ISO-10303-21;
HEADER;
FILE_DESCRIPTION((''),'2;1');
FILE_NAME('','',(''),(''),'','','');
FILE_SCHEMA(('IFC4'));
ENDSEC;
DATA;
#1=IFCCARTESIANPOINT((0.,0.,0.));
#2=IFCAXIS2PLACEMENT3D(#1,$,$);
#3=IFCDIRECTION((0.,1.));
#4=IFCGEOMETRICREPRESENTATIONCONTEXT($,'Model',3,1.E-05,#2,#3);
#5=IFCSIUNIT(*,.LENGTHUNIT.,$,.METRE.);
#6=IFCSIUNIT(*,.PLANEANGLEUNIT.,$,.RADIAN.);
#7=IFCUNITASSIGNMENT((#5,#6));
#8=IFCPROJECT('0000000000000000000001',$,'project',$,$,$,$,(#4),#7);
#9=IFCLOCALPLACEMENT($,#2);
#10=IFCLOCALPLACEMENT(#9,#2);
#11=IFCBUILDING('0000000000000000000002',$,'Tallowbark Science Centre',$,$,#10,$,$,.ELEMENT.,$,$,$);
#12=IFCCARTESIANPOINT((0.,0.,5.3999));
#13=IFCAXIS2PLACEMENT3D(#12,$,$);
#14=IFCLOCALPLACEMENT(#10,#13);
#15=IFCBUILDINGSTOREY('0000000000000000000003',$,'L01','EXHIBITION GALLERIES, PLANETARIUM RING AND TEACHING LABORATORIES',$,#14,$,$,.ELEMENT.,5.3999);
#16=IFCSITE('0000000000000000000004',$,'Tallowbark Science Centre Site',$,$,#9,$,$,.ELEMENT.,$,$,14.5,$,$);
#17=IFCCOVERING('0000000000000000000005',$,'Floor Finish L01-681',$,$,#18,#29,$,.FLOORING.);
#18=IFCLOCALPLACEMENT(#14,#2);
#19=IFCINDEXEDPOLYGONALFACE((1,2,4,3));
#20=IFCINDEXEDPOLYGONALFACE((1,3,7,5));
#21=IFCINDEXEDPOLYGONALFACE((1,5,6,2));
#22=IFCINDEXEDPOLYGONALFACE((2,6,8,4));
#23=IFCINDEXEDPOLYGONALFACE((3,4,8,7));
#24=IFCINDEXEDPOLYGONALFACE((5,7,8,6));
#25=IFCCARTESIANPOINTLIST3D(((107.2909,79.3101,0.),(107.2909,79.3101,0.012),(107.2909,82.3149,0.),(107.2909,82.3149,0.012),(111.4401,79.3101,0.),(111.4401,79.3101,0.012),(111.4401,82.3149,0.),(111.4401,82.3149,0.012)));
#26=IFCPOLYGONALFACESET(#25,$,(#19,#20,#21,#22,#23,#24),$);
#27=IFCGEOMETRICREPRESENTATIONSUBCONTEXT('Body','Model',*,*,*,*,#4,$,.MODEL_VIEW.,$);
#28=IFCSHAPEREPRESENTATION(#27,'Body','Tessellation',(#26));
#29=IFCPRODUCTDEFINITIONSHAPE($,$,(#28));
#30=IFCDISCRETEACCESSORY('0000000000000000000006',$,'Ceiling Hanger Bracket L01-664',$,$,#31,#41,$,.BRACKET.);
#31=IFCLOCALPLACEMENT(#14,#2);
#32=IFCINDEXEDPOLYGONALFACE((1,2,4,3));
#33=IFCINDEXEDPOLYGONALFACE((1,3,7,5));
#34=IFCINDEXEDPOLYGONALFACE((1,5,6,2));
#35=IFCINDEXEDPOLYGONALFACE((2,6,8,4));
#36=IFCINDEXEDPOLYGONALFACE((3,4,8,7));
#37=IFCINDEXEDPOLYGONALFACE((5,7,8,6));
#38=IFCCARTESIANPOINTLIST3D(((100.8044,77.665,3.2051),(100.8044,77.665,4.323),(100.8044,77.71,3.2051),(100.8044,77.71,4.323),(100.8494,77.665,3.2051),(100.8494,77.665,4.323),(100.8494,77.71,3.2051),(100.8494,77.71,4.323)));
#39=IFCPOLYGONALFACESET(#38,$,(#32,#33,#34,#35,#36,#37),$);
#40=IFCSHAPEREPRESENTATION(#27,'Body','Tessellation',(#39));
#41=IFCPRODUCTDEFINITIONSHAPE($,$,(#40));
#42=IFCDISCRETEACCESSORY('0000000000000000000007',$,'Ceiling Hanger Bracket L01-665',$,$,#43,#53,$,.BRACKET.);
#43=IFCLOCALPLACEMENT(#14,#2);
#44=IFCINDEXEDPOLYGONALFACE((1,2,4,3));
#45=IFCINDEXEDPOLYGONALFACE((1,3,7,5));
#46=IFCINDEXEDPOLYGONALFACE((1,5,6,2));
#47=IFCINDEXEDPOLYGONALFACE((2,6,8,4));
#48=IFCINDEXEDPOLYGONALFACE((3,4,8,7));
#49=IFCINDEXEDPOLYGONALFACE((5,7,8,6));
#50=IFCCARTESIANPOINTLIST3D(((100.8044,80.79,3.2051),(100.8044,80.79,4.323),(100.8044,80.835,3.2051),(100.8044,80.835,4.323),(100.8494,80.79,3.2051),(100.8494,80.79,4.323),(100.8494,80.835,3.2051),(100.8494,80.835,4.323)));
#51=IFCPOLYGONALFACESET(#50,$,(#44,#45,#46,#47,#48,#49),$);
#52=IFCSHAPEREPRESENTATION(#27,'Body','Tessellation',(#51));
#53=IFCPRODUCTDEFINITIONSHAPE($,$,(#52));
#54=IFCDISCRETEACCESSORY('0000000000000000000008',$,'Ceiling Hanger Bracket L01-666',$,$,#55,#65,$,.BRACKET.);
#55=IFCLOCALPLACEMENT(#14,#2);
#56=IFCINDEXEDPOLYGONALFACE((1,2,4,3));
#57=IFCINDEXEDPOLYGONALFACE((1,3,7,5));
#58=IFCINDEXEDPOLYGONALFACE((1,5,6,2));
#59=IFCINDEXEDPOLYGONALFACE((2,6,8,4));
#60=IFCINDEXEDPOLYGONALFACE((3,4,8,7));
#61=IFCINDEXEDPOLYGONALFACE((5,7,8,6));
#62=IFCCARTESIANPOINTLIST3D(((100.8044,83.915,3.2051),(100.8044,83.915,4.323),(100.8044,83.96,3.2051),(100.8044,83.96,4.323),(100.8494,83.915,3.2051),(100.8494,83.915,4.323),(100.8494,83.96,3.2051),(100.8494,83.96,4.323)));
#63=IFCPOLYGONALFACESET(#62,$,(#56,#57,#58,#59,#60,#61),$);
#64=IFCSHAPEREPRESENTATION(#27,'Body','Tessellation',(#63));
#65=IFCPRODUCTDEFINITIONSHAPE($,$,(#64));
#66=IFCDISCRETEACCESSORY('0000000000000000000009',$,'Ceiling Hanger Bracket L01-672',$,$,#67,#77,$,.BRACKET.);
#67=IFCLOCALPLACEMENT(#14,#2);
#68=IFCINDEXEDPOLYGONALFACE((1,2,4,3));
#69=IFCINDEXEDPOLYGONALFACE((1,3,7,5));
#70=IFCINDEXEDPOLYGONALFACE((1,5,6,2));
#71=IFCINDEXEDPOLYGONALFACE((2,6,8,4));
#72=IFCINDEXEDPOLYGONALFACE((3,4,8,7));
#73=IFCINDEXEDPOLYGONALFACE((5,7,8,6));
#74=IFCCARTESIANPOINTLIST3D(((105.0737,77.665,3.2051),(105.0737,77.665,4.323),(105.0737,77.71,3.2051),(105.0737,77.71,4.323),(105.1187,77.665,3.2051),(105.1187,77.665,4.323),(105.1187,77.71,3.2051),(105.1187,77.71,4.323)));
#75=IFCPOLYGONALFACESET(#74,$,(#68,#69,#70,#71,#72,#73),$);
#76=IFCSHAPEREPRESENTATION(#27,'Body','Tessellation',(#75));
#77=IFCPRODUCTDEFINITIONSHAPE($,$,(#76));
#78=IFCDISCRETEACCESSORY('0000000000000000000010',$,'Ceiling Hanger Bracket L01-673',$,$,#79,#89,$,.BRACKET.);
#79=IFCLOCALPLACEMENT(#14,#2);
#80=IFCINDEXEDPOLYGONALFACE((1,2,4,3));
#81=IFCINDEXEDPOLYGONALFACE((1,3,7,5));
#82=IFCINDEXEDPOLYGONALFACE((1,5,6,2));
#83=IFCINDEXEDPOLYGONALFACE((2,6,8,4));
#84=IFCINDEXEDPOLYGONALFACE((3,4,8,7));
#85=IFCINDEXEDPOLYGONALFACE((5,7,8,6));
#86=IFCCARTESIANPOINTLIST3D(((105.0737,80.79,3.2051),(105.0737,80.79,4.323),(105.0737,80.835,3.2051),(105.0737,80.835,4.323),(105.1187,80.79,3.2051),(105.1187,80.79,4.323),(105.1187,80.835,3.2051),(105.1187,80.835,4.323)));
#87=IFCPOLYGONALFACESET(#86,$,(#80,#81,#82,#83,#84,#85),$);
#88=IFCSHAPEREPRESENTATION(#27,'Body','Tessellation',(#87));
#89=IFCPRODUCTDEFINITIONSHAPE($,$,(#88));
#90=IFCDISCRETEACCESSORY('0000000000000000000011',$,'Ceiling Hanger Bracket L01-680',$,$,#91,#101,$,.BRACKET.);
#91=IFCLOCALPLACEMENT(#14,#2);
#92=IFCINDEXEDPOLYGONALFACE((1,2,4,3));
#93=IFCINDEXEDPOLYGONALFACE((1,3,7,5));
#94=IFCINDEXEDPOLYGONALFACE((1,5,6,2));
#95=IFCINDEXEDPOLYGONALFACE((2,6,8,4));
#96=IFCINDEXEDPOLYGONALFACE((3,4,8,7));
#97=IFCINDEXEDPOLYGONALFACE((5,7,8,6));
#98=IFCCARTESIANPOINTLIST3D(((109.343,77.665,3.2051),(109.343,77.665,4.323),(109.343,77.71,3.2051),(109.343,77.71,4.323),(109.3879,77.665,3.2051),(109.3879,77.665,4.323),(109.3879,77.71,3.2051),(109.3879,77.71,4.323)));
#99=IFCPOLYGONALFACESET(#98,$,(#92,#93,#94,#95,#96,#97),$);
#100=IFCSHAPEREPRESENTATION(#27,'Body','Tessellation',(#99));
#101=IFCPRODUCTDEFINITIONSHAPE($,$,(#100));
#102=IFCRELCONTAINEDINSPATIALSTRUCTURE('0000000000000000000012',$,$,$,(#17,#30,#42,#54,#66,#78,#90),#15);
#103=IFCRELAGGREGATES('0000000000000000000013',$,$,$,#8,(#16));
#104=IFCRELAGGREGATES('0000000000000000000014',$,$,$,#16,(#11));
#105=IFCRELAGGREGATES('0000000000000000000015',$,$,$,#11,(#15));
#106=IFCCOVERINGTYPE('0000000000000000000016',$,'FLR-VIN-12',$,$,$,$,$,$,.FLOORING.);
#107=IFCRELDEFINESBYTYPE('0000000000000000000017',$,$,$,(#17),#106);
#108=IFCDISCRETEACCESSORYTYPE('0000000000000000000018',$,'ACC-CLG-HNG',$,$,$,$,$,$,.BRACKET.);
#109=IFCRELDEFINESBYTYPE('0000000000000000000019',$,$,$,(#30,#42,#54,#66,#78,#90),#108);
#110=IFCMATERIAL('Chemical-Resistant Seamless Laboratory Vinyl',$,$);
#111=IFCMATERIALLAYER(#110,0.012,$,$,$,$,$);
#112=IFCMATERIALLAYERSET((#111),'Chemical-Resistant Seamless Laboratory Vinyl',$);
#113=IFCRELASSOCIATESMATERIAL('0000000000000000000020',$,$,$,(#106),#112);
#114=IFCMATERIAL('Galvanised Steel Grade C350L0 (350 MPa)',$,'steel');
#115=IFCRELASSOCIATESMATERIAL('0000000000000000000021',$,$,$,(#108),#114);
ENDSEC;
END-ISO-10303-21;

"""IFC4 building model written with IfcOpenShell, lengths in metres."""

from ifc_helpers import new_model, si_unit, direction, frame, origin, origin_2d, place, context, subcontext, project, spatial, rectangle, extrude, material, layer, layer_set, type_object, element, save


model = new_model("IFC4")

# Units and contexts
model_context = context("Model", 3, precision=1e-05, world=origin(), true_north=direction((0.0, 1.0)))
body_context = subcontext(model_context, "Body", "Model", "MODEL_VIEW")
ifc_project = project(units=[si_unit("LENGTHUNIT", "METRE"), si_unit("PLANEANGLEUNIT", "RADIAN")], contexts=[model_context])

# Site, building, storey
site_placement = place(None, origin())
site = spatial("IfcSite", under=ifc_project, at=site_placement, Name="Tallowbark Science Centre Site", CompositionType="ELEMENT", RefElevation=14.5)
building_placement = place(site_placement, origin())
building = spatial("IfcBuilding", under=site, at=building_placement, Name="Tallowbark Science Centre", CompositionType="ELEMENT")
storey_placement = place(building_placement, frame((0.0, 0.0, 5.3999)))
storey = spatial("IfcBuildingStorey", under=building, at=storey_placement, Name="L01", Description="EXHIBITION GALLERIES, PLANETARIUM RING AND TEACHING LABORATORIES", CompositionType="ELEMENT", Elevation=5.3999)

# Covering
ifc_material_1 = material(Name="Chemical-Resistant Seamless Laboratory Vinyl")
ifc_layer_1 = layer(ifc_material_1, 0.012)
ifc_layer_set_1 = layer_set([ifc_layer_1], Name="Chemical-Resistant Seamless Laboratory Vinyl")
covering_type_1 = type_object("IfcCoveringType", Name="FLR-VIN-12", PredefinedType="FLOORING", material=ifc_layer_set_1)
for number, where, z_axis, x_axis, name in (
    (1, (109.3655, 80.8125, 0.0), (0.0, 0.0, 1.0), (1.0, 0.0, 0.0), "Floor Finish L01-681"),
):
    element("IfcCovering", number, at=place(storey_placement, frame(where, z_axis=z_axis, x_axis=x_axis)), inside=storey, type_object=covering_type_1, Name=name, PredefinedType="FLOORING", context=body_context, shape_type="SweptSolid", body=[
        extrude(rectangle(XDim=4.1492, YDim=3.0049, at=origin_2d()), origin(), (0.0, 0.0, 1.0), 0.012),
    ])

# Discrete accessories
ifc_material_2 = material(Name="Galvanised Steel Grade C350L0 (350 MPa)", Category="steel")
discrete_accessory_type = type_object("IfcDiscreteAccessoryType", Name="ACC-CLG-HNG", PredefinedType="BRACKET", material=ifc_material_2)
for number, where, z_axis, x_axis, name in (
    (2, (100.8269, 77.6875, 3.2051), (0.0, 0.0, 1.0), (1.0, 0.0, 0.0), "Ceiling Hanger Bracket L01-664"),
    (3, (100.8269, 80.8125, 3.2051), (0.0, 0.0, 1.0), (1.0, 0.0, 0.0), "Ceiling Hanger Bracket L01-665"),
    (4, (100.8269, 83.9375, 3.2051), (0.0, 0.0, 1.0), (1.0, 0.0, 0.0), "Ceiling Hanger Bracket L01-666"),
    (5, (105.0962, 77.6875, 3.2051), (0.0, 0.0, 1.0), (1.0, 0.0, 0.0), "Ceiling Hanger Bracket L01-672"),
    (6, (105.0962, 80.8125, 3.2051), (0.0, 0.0, 1.0), (1.0, 0.0, 0.0), "Ceiling Hanger Bracket L01-673"),
    (7, (109.3655, 77.6875, 3.2051), (0.0, 0.0, 1.0), (1.0, 0.0, 0.0), "Ceiling Hanger Bracket L01-680"),
):
    element("IfcDiscreteAccessory", number, at=place(storey_placement, frame(where, z_axis=z_axis, x_axis=x_axis)), inside=storey, type_object=discrete_accessory_type, Name=name, PredefinedType="BRACKET", context=body_context, shape_type="SweptSolid", body=[
        extrude(rectangle(XDim=0.0449, YDim=0.0449, at=origin_2d()), origin(), (0.0, 0.0, 1.0), 1.1179),
    ])

save(model, "model.ifc")
